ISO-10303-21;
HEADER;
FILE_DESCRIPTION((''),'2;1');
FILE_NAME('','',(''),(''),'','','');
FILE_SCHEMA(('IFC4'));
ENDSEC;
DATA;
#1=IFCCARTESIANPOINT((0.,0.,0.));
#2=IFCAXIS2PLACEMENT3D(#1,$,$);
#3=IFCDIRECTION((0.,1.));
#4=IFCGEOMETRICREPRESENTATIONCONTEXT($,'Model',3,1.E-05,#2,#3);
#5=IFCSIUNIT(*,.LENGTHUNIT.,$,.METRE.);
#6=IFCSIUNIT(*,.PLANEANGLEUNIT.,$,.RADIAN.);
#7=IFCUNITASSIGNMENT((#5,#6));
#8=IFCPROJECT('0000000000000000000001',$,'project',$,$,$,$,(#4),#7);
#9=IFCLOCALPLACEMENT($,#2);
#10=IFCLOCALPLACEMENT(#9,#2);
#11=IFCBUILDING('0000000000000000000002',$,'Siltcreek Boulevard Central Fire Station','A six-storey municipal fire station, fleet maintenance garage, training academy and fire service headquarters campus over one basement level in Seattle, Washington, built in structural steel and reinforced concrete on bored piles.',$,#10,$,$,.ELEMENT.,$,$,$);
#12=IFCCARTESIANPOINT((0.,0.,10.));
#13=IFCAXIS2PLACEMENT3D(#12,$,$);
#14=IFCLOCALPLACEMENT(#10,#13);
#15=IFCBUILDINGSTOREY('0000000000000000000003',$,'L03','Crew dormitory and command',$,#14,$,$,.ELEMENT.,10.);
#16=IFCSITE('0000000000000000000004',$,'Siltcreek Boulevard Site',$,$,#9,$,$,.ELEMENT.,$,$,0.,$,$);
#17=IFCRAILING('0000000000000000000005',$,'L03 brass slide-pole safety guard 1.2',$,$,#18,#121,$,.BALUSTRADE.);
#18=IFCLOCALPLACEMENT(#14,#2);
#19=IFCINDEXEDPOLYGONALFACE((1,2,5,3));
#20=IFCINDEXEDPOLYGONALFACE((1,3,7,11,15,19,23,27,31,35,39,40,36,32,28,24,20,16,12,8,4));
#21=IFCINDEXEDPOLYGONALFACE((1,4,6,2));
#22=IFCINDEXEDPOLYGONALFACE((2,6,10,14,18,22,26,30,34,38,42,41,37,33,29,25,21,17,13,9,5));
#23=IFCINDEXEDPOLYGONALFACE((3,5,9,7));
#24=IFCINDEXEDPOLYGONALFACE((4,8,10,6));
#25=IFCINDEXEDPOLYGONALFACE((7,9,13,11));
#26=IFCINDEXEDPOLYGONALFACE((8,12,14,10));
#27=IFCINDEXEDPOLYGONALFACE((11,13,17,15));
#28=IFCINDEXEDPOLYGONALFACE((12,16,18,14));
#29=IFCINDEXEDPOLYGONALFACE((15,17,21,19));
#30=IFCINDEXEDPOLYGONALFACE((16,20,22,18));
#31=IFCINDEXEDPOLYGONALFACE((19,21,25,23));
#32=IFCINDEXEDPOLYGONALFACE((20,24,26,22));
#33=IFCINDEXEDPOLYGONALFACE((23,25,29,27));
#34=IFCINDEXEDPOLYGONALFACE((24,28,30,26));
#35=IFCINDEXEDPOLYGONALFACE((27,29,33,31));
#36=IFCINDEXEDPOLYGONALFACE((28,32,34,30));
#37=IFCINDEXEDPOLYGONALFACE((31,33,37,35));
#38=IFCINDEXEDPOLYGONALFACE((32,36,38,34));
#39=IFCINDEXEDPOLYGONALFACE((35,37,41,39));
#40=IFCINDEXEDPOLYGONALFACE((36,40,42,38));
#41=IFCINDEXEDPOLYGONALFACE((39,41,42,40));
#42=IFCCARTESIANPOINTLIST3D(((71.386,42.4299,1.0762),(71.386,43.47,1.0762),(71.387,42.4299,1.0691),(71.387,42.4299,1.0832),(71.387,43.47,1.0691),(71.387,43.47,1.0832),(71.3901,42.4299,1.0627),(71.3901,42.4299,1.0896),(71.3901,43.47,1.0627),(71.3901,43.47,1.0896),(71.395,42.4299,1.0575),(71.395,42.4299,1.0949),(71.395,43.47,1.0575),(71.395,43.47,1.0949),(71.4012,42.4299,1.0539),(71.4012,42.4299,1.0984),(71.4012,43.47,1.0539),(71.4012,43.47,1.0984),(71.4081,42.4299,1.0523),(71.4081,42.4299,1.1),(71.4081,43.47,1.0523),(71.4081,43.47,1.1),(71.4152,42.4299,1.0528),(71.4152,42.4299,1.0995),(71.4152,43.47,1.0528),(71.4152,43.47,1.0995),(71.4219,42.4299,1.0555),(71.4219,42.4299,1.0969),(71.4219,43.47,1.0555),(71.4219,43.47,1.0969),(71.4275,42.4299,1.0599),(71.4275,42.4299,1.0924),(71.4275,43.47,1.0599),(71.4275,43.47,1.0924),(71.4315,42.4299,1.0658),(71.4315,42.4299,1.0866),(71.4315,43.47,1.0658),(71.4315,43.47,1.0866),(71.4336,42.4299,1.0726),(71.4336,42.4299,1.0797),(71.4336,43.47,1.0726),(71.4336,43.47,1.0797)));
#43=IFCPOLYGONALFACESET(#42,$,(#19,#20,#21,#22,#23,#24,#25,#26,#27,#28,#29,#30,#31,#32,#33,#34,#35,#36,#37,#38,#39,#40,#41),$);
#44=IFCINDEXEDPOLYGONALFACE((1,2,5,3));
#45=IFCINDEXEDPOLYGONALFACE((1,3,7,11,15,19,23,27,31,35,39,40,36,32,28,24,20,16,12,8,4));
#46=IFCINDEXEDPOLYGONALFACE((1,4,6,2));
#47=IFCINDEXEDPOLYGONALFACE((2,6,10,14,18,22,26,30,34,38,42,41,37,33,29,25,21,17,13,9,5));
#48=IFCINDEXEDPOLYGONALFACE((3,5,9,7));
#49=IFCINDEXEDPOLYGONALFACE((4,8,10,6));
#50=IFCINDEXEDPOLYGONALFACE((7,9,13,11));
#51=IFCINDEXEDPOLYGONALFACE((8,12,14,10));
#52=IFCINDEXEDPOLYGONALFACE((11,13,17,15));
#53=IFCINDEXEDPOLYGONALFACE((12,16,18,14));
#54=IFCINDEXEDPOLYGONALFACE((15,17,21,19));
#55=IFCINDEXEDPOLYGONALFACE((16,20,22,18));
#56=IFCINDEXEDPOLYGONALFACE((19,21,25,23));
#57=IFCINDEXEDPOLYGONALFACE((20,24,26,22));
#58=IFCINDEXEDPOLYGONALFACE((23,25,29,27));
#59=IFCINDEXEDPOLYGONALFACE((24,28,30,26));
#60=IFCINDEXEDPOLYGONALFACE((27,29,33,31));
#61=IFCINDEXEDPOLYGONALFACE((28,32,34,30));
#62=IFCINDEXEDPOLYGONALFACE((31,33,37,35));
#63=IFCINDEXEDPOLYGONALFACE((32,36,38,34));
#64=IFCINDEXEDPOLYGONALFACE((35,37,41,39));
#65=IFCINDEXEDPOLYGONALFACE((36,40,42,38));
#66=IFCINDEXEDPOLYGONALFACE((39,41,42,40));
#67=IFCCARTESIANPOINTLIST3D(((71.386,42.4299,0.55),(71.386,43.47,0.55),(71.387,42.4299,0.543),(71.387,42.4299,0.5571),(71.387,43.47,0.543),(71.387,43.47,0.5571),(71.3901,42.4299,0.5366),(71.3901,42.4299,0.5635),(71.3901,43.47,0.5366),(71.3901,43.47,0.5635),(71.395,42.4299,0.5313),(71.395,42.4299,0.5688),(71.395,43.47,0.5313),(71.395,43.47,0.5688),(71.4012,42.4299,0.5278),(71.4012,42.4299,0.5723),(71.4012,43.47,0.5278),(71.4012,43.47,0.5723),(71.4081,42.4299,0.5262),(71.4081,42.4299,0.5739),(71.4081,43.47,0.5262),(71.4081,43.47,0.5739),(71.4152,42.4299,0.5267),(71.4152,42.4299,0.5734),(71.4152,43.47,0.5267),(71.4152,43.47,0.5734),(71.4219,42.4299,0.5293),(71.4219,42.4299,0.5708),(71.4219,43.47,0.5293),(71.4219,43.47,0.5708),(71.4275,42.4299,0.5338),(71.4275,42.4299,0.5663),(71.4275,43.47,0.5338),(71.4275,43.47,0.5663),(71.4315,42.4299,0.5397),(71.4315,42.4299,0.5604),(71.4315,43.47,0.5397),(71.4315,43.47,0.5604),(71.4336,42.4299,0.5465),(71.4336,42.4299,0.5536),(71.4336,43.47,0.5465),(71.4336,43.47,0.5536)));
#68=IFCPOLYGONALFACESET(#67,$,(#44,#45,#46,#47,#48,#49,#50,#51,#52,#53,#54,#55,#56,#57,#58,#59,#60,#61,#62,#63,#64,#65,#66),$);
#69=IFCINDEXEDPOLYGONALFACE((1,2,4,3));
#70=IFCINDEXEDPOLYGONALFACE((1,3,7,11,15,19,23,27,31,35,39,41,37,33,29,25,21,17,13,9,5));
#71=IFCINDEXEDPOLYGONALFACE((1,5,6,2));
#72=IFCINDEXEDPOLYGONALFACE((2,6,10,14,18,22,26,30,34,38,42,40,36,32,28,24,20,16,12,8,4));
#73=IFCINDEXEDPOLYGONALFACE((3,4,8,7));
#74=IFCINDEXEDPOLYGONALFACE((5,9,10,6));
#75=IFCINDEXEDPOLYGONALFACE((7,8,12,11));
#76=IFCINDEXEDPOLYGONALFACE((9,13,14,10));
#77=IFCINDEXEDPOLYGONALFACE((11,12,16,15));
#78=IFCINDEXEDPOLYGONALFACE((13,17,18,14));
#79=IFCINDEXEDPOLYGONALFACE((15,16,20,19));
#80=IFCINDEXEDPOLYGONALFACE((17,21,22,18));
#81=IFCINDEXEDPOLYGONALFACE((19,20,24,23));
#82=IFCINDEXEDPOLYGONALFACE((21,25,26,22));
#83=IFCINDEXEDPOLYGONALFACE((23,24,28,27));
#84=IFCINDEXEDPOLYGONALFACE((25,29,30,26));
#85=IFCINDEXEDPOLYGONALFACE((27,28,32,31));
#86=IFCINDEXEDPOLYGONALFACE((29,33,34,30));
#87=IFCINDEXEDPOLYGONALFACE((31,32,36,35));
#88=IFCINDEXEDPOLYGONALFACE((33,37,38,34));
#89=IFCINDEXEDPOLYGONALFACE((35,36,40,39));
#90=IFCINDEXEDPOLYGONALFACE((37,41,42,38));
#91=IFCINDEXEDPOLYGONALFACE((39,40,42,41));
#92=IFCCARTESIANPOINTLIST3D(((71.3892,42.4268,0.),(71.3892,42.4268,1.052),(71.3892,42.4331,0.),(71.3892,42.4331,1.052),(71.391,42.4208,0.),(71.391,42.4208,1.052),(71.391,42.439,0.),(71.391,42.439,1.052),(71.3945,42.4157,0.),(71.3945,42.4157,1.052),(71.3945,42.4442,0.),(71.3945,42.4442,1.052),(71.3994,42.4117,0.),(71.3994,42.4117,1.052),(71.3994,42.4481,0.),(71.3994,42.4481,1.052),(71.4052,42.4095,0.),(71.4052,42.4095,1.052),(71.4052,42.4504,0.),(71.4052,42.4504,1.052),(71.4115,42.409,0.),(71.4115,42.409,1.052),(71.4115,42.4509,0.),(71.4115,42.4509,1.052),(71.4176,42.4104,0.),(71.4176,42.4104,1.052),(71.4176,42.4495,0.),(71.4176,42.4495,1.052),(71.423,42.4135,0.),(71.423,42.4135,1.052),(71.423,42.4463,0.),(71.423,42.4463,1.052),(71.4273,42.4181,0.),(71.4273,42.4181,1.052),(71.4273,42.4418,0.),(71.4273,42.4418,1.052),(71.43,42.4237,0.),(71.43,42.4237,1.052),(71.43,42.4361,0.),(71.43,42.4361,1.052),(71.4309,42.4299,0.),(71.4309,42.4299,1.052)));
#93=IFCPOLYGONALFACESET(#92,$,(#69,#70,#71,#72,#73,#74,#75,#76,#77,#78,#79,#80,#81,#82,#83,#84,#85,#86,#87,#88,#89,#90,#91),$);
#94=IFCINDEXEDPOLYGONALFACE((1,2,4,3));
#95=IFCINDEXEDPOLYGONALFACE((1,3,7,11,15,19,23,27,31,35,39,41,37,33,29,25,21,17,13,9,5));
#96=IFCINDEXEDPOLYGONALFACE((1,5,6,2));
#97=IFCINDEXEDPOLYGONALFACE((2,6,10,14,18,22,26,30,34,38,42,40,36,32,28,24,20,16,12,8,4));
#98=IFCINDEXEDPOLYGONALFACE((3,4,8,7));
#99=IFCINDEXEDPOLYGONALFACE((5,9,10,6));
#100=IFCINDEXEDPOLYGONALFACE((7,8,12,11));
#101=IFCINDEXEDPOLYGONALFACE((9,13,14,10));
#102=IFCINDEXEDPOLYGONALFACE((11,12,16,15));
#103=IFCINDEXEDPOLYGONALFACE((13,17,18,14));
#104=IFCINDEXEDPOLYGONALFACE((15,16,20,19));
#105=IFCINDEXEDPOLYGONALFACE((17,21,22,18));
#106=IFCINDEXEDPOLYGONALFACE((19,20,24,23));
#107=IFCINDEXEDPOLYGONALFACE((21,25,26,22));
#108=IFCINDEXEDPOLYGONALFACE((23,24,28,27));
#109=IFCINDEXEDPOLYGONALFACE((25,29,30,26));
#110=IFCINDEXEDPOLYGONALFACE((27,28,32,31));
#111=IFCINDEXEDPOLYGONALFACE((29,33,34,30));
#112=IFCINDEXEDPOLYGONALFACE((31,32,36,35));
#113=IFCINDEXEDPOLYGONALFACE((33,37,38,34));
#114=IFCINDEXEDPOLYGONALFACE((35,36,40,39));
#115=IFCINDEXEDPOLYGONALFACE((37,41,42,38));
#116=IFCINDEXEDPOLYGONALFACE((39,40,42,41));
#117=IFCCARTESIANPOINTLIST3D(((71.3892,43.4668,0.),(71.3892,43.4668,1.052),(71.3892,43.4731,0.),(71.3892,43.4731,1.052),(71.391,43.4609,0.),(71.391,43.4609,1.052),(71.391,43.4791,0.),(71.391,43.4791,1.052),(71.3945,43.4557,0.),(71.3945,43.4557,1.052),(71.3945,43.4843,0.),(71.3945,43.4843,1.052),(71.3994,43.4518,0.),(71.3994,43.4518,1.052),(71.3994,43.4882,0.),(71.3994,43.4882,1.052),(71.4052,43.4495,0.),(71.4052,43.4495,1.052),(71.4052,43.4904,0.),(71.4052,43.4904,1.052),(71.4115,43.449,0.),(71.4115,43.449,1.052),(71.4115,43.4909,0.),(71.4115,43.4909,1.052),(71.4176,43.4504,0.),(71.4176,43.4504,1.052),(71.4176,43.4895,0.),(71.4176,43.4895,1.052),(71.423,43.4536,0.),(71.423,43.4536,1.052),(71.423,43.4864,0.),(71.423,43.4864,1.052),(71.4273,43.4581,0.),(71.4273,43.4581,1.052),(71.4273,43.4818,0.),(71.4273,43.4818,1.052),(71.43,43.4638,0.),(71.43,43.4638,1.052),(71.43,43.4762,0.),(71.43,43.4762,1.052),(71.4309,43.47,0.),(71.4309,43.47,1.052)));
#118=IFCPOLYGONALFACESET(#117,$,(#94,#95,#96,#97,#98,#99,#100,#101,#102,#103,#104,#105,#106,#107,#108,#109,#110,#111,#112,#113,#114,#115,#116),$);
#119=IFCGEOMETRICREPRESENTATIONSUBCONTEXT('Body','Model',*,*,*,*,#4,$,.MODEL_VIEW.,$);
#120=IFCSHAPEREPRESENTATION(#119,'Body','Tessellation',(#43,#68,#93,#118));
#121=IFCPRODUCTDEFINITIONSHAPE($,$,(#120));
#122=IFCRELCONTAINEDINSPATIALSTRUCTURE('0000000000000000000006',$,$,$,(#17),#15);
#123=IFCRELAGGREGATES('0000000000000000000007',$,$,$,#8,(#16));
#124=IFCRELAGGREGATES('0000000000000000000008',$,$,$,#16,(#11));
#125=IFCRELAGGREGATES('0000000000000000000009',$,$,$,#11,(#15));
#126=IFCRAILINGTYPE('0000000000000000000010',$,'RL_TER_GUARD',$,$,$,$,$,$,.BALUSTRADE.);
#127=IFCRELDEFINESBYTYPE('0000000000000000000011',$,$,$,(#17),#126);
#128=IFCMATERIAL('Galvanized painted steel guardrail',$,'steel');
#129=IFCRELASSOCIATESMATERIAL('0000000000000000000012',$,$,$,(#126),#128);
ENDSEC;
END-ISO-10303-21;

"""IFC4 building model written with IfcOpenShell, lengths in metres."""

from ifc_helpers import new_model, si_unit, direction, frame, origin, origin_2d, place, context, subcontext, project, spatial, circle, extrude, material, type_object, element, save


model = new_model("IFC4")

# Units and contexts
model_context = context("Model", 3, precision=1e-05, world=origin(), true_north=direction((0.0, 1.0)))
body_context = subcontext(model_context, "Body", "Model", "MODEL_VIEW")
ifc_project = project(units=[si_unit("LENGTHUNIT", "METRE"), si_unit("PLANEANGLEUNIT", "RADIAN")], contexts=[model_context])

# Site, building, storey
site_placement = place(None, origin())
site = spatial("IfcSite", under=ifc_project, at=site_placement, Name="Siltcreek Boulevard Site", CompositionType="ELEMENT", RefElevation=0.0)
building_placement = place(site_placement, origin())
building = spatial("IfcBuilding", under=site, at=building_placement, Name="Siltcreek Boulevard Central Fire Station", Description="A six-storey municipal fire station, fleet maintenance garage, training academy and fire service headquarters campus over one basement level in Seattle, Washington, built in structural steel and reinforced concrete on bored piles.", CompositionType="ELEMENT")
storey_placement = place(building_placement, frame((0.0, 0.0, 10.0)))
storey = spatial("IfcBuildingStorey", under=building, at=storey_placement, Name="L03", Description="Crew dormitory and command", CompositionType="ELEMENT", Elevation=10.0)

# Railing
ifc_material_1 = material(Name="Galvanized painted steel guardrail", Category="steel")
railing_type = type_object("IfcRailingType", Name="RL_TER_GUARD", PredefinedType="BALUSTRADE", material=ifc_material_1)
railing_1_placement = place(storey_placement, frame((71.4099, 42.4299, 0.0)))
element("IfcRailing", 1, at=railing_1_placement, inside=storey, type_object=railing_type, Name="L03 brass slide-pole safety guard 1.2", PredefinedType="BALUSTRADE", context=body_context, shape_type="SweptSolid", body=[
    extrude(circle(Radius=0.0239, at=origin_2d()), frame((0.0, 0.0, 1.0762), z_axis=(0.0, 1.0, 0.0), x_axis=(-1.0, 0.0, 0.0)), (0.0, 0.0, 1.0), 1.04),
    extrude(circle(Radius=0.0239, at=origin_2d()), frame((0.0, 0.0, 0.55), z_axis=(0.0, 1.0, 0.0), x_axis=(-1.0, 0.0, 0.0)), (0.0, 0.0, 1.0), 1.04),
    extrude(circle(Radius=0.021, at=origin_2d()), origin(), (0.0, 0.0, 1.0), 1.052),
    extrude(circle(Radius=0.021, at=origin_2d()), frame((0.0, 1.04, 0.0)), (0.0, 0.0, 1.0), 1.052),
])

save(model, "model.ifc")
